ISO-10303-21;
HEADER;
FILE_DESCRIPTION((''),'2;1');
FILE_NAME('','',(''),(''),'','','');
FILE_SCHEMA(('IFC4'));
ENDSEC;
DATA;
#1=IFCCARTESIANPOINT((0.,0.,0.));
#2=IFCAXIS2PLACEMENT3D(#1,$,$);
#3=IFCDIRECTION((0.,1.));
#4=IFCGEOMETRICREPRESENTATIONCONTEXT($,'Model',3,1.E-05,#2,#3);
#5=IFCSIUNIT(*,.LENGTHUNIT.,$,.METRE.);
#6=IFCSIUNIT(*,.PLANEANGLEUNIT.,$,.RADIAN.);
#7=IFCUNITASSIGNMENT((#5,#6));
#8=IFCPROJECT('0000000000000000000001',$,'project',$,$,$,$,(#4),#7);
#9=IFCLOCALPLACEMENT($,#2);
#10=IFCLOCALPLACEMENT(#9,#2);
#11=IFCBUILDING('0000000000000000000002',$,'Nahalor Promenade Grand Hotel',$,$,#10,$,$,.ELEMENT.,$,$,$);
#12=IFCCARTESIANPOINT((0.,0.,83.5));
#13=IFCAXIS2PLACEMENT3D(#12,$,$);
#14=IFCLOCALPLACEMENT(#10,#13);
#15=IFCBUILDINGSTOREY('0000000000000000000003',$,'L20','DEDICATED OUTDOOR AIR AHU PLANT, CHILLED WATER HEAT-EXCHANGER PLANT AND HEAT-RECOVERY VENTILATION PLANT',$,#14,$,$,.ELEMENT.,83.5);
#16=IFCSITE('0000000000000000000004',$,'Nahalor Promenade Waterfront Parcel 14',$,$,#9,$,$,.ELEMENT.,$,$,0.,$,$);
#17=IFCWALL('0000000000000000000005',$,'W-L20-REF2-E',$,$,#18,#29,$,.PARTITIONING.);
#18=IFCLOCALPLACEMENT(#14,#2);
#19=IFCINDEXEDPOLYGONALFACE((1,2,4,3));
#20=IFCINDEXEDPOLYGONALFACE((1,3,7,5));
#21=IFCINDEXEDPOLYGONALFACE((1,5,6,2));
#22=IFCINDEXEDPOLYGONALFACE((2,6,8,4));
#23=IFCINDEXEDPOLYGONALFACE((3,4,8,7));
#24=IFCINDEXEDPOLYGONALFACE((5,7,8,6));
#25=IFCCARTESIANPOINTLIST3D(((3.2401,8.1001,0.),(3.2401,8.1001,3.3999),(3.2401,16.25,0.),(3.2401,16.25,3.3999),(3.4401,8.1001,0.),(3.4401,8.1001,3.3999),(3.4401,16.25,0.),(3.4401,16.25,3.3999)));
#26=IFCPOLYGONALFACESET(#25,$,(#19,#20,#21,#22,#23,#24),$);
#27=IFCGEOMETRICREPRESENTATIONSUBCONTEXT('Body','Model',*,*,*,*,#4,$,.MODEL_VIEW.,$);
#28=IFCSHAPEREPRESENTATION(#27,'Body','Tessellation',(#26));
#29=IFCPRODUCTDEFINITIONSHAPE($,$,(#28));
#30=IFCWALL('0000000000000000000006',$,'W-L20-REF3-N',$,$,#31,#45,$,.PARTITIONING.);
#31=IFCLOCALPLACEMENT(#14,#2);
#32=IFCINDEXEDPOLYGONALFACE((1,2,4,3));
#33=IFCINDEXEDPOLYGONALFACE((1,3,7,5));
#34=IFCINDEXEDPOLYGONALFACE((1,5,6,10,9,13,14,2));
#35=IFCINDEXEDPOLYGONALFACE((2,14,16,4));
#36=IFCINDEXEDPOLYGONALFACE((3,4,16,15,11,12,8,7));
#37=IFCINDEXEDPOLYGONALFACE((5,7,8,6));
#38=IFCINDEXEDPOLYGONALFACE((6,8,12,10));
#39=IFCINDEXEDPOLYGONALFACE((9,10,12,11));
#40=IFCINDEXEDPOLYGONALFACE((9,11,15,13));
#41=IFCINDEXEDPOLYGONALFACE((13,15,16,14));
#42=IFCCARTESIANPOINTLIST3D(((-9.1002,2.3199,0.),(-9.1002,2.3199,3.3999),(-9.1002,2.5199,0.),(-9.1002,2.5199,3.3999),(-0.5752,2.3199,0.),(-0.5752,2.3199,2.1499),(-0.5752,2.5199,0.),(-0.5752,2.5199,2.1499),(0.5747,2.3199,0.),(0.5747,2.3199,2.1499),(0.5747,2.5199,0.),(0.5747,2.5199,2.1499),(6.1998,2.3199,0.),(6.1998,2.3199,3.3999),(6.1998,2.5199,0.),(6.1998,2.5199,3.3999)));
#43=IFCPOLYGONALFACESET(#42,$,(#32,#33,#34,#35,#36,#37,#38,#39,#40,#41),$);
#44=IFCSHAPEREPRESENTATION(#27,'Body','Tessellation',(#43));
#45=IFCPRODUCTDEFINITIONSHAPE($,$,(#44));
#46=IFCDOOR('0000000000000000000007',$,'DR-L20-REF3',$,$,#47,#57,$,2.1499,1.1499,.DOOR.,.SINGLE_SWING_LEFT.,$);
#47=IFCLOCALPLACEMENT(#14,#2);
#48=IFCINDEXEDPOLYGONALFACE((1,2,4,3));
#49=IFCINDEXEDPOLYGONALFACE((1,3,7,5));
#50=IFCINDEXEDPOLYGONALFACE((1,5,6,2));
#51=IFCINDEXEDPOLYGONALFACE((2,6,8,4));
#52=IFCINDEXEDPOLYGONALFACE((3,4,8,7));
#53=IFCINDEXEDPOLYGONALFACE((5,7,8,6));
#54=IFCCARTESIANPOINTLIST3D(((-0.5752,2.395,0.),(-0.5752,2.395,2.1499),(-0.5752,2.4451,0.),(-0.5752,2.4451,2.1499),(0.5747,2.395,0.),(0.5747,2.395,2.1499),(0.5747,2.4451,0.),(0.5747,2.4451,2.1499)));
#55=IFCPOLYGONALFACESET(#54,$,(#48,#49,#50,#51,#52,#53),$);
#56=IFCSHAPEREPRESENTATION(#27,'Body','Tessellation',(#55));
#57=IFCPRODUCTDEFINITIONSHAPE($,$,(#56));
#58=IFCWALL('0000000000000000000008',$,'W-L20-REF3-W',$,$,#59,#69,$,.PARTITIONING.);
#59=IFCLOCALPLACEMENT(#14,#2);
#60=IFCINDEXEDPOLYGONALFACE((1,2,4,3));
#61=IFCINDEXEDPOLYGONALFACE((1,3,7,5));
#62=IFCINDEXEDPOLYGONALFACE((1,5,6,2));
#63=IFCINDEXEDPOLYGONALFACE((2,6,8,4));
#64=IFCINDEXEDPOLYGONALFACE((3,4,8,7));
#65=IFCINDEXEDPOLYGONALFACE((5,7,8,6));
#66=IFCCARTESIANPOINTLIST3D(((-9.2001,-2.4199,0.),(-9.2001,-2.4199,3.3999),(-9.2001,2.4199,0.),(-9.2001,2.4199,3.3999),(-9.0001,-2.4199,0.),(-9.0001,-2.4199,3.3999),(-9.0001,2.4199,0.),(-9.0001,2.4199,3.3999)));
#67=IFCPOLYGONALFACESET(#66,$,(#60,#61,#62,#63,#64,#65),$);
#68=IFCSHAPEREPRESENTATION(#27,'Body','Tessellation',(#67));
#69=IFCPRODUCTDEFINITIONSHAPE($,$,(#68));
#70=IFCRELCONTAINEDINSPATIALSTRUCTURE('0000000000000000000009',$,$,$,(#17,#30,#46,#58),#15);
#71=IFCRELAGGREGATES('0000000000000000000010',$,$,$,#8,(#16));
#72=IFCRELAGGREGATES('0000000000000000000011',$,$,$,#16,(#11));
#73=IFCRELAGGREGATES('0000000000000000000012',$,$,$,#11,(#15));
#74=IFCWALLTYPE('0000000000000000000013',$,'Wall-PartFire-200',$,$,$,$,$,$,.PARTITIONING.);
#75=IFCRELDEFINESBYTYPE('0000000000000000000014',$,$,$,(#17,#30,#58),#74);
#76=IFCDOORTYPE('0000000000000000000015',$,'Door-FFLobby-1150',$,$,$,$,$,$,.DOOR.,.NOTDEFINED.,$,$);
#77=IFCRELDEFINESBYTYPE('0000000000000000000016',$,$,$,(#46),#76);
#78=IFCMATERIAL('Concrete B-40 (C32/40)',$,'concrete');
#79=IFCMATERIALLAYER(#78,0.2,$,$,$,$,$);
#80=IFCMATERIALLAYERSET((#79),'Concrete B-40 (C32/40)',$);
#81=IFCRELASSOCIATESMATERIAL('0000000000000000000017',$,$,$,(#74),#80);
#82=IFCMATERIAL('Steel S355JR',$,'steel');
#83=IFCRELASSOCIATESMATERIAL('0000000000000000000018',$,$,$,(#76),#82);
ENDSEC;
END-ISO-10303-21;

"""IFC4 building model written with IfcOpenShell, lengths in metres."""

from ifc_helpers import new_model, si_unit, direction, frame, frame_2d, origin, place, context, subcontext, project, spatial, rectangle, extrude, source, transform, mapped, material, layer, layer_set, type_object, element, fill, save


model = new_model("IFC4")

# Units and contexts
model_context = context("Model", 3, precision=1e-05, world=origin(), true_north=direction((0.0, 1.0)))
body_context = subcontext(model_context, "Body", "Model", "MODEL_VIEW")
ifc_project = project(units=[si_unit("LENGTHUNIT", "METRE"), si_unit("PLANEANGLEUNIT", "RADIAN")], contexts=[model_context])

# Site, building, storey
site_placement = place(None, origin())
site = spatial("IfcSite", under=ifc_project, at=site_placement, Name="Nahalor Promenade Waterfront Parcel 14", CompositionType="ELEMENT", RefElevation=0.0)
building_placement = place(site_placement, origin())
building = spatial("IfcBuilding", under=site, at=building_placement, Name="Nahalor Promenade Grand Hotel", CompositionType="ELEMENT")
storey_placement = place(building_placement, frame((0.0, 0.0, 83.5)))
storey = spatial("IfcBuildingStorey", under=building, at=storey_placement, Name="L20", Description="DEDICATED OUTDOOR AIR AHU PLANT, CHILLED WATER HEAT-EXCHANGER PLANT AND HEAT-RECOVERY VENTILATION PLANT", CompositionType="ELEMENT", Elevation=83.5)

# Shared definitions
ifc_material_1 = material(Name="Steel S355JR", Category="steel")

# Shared definitions
ifc_material_2 = material(Name="Concrete B-40 (C32/40)", Category="concrete")
ifc_layer_1 = layer(ifc_material_2, 0.2)
ifc_layer_set_1 = layer_set([ifc_layer_1], Name="Concrete B-40 (C32/40)")
wall_type_1 = type_object("IfcWallType", Name="Wall-PartFire-200", PredefinedType="PARTITIONING", material=ifc_layer_set_1)
door_type = type_object("IfcDoorType", Name="Door-FFLobby-1150", OperationType="NOTDEFINED", PredefinedType="DOOR", material=ifc_material_1)
shared_shape_1 = source(origin(), body_context, "Body", "SweptSolid", [
    extrude(rectangle(XDim=1.1499, YDim=2.1499, at=frame_2d((0.575, 1.075))), frame((0.0, 0.0249, 0.0), z_axis=(0.0, -1.0, 0.0), x_axis=(1.0, 0.0, 0.0)), (0.0, 0.0, 1.0), 0.05),
])

# Wall
shared_shape_2 = source(origin(), body_context, "Body", "SweptSolid", [
    extrude(rectangle(XDim=8.1499, YDim=0.2, at=frame_2d((4.075, 0.0))), origin(), (0.0, 0.0, 1.0), 3.3999),
])
for number, where, z_axis, x_axis, name in (
    (1, (3.3401, 8.1001, 0.0), (0.0, 0.0, 1.0), (0.0, 1.0, 0.0), "W-L20-REF2-E"),
):
    element("IfcWall", number, at=place(storey_placement, frame(where, z_axis=z_axis, x_axis=x_axis)), inside=storey, type_object=wall_type_1, Name=name, PredefinedType="PARTITIONING", context=body_context, shape_type="MappedRepresentation", body=[
        mapped(shared_shape_2, transform((0.0, 0.0, 0.0), scale=1.0)),
    ])

# Wall, opening, door
shared_shape_3 = source(origin(), body_context, "Body", "SweptSolid", [
    extrude(rectangle(XDim=15.3, YDim=0.2, at=frame_2d((7.6499, 0.0))), origin(), (0.0, 0.0, 1.0), 3.3999),
])
wall_1_placement = place(storey_placement, frame((-9.1001, 2.4199, 0.0), z_axis=(0.0, 0.0, 1.0), x_axis=(1.0, 0.0, 0.0)))
wall_1 = element("IfcWall", 2, at=wall_1_placement, inside=storey, type_object=wall_type_1, Name="W-L20-REF3-N", PredefinedType="PARTITIONING", context=body_context, shape_type="MappedRepresentation", body=[
    mapped(shared_shape_3, transform((0.0, 0.0, 0.0), scale=1.0)),
])
opening_1_placement = place(wall_1_placement, frame((8.5249, 0.0, 0.0)))
opening_1 = element("IfcOpeningElement", 3, at=opening_1_placement, cuts=wall_1, PredefinedType="OPENING", context=body_context, shape_type="SweptSolid", body=[
    extrude(rectangle(XDim=1.1499, YDim=2.1499, at=frame_2d((0.575, 1.075))), frame((0.0, 0.1099, 0.0), z_axis=(0.0, -1.0, 0.0), x_axis=(1.0, 0.0, 0.0)), (0.0, 0.0, 1.0), 0.22),
])
door_1_placement = place(opening_1_placement, frame((1.1499, 0.0, 0.0), z_axis=(0.0, 0.0, 1.0), x_axis=(-1.0, 0.0, 0.0)))
door_1 = element("IfcDoor", 4, at=door_1_placement, inside=storey, type_object=door_type, Name="DR-L20-REF3", OperationType="SINGLE_SWING_LEFT", OverallHeight=2.1499, OverallWidth=1.1499, PredefinedType="DOOR", context=body_context, shape_type="MappedRepresentation", body=[
    mapped(shared_shape_1, transform((0.0, 0.0, 0.0), scale=1.0)),
])
fill(opening_1, door_1)

# Wall
shared_shape_4 = source(origin(), body_context, "Body", "SweptSolid", [
    extrude(rectangle(XDim=4.8398, YDim=0.2, at=frame_2d((2.4199, 0.0))), origin(), (0.0, 0.0, 1.0), 3.3999),
])
wall_2_placement = place(storey_placement, frame((-9.1001, -2.4199, 0.0), z_axis=(0.0, 0.0, 1.0), x_axis=(0.0, 1.0, 0.0)))
element("IfcWall", 5, at=wall_2_placement, inside=storey, type_object=wall_type_1, Name="W-L20-REF3-W", PredefinedType="PARTITIONING", context=body_context, shape_type="MappedRepresentation", body=[
    mapped(shared_shape_4, transform((0.0, 0.0, 0.0), scale=1.0)),
])

save(model, "model.ifc")
